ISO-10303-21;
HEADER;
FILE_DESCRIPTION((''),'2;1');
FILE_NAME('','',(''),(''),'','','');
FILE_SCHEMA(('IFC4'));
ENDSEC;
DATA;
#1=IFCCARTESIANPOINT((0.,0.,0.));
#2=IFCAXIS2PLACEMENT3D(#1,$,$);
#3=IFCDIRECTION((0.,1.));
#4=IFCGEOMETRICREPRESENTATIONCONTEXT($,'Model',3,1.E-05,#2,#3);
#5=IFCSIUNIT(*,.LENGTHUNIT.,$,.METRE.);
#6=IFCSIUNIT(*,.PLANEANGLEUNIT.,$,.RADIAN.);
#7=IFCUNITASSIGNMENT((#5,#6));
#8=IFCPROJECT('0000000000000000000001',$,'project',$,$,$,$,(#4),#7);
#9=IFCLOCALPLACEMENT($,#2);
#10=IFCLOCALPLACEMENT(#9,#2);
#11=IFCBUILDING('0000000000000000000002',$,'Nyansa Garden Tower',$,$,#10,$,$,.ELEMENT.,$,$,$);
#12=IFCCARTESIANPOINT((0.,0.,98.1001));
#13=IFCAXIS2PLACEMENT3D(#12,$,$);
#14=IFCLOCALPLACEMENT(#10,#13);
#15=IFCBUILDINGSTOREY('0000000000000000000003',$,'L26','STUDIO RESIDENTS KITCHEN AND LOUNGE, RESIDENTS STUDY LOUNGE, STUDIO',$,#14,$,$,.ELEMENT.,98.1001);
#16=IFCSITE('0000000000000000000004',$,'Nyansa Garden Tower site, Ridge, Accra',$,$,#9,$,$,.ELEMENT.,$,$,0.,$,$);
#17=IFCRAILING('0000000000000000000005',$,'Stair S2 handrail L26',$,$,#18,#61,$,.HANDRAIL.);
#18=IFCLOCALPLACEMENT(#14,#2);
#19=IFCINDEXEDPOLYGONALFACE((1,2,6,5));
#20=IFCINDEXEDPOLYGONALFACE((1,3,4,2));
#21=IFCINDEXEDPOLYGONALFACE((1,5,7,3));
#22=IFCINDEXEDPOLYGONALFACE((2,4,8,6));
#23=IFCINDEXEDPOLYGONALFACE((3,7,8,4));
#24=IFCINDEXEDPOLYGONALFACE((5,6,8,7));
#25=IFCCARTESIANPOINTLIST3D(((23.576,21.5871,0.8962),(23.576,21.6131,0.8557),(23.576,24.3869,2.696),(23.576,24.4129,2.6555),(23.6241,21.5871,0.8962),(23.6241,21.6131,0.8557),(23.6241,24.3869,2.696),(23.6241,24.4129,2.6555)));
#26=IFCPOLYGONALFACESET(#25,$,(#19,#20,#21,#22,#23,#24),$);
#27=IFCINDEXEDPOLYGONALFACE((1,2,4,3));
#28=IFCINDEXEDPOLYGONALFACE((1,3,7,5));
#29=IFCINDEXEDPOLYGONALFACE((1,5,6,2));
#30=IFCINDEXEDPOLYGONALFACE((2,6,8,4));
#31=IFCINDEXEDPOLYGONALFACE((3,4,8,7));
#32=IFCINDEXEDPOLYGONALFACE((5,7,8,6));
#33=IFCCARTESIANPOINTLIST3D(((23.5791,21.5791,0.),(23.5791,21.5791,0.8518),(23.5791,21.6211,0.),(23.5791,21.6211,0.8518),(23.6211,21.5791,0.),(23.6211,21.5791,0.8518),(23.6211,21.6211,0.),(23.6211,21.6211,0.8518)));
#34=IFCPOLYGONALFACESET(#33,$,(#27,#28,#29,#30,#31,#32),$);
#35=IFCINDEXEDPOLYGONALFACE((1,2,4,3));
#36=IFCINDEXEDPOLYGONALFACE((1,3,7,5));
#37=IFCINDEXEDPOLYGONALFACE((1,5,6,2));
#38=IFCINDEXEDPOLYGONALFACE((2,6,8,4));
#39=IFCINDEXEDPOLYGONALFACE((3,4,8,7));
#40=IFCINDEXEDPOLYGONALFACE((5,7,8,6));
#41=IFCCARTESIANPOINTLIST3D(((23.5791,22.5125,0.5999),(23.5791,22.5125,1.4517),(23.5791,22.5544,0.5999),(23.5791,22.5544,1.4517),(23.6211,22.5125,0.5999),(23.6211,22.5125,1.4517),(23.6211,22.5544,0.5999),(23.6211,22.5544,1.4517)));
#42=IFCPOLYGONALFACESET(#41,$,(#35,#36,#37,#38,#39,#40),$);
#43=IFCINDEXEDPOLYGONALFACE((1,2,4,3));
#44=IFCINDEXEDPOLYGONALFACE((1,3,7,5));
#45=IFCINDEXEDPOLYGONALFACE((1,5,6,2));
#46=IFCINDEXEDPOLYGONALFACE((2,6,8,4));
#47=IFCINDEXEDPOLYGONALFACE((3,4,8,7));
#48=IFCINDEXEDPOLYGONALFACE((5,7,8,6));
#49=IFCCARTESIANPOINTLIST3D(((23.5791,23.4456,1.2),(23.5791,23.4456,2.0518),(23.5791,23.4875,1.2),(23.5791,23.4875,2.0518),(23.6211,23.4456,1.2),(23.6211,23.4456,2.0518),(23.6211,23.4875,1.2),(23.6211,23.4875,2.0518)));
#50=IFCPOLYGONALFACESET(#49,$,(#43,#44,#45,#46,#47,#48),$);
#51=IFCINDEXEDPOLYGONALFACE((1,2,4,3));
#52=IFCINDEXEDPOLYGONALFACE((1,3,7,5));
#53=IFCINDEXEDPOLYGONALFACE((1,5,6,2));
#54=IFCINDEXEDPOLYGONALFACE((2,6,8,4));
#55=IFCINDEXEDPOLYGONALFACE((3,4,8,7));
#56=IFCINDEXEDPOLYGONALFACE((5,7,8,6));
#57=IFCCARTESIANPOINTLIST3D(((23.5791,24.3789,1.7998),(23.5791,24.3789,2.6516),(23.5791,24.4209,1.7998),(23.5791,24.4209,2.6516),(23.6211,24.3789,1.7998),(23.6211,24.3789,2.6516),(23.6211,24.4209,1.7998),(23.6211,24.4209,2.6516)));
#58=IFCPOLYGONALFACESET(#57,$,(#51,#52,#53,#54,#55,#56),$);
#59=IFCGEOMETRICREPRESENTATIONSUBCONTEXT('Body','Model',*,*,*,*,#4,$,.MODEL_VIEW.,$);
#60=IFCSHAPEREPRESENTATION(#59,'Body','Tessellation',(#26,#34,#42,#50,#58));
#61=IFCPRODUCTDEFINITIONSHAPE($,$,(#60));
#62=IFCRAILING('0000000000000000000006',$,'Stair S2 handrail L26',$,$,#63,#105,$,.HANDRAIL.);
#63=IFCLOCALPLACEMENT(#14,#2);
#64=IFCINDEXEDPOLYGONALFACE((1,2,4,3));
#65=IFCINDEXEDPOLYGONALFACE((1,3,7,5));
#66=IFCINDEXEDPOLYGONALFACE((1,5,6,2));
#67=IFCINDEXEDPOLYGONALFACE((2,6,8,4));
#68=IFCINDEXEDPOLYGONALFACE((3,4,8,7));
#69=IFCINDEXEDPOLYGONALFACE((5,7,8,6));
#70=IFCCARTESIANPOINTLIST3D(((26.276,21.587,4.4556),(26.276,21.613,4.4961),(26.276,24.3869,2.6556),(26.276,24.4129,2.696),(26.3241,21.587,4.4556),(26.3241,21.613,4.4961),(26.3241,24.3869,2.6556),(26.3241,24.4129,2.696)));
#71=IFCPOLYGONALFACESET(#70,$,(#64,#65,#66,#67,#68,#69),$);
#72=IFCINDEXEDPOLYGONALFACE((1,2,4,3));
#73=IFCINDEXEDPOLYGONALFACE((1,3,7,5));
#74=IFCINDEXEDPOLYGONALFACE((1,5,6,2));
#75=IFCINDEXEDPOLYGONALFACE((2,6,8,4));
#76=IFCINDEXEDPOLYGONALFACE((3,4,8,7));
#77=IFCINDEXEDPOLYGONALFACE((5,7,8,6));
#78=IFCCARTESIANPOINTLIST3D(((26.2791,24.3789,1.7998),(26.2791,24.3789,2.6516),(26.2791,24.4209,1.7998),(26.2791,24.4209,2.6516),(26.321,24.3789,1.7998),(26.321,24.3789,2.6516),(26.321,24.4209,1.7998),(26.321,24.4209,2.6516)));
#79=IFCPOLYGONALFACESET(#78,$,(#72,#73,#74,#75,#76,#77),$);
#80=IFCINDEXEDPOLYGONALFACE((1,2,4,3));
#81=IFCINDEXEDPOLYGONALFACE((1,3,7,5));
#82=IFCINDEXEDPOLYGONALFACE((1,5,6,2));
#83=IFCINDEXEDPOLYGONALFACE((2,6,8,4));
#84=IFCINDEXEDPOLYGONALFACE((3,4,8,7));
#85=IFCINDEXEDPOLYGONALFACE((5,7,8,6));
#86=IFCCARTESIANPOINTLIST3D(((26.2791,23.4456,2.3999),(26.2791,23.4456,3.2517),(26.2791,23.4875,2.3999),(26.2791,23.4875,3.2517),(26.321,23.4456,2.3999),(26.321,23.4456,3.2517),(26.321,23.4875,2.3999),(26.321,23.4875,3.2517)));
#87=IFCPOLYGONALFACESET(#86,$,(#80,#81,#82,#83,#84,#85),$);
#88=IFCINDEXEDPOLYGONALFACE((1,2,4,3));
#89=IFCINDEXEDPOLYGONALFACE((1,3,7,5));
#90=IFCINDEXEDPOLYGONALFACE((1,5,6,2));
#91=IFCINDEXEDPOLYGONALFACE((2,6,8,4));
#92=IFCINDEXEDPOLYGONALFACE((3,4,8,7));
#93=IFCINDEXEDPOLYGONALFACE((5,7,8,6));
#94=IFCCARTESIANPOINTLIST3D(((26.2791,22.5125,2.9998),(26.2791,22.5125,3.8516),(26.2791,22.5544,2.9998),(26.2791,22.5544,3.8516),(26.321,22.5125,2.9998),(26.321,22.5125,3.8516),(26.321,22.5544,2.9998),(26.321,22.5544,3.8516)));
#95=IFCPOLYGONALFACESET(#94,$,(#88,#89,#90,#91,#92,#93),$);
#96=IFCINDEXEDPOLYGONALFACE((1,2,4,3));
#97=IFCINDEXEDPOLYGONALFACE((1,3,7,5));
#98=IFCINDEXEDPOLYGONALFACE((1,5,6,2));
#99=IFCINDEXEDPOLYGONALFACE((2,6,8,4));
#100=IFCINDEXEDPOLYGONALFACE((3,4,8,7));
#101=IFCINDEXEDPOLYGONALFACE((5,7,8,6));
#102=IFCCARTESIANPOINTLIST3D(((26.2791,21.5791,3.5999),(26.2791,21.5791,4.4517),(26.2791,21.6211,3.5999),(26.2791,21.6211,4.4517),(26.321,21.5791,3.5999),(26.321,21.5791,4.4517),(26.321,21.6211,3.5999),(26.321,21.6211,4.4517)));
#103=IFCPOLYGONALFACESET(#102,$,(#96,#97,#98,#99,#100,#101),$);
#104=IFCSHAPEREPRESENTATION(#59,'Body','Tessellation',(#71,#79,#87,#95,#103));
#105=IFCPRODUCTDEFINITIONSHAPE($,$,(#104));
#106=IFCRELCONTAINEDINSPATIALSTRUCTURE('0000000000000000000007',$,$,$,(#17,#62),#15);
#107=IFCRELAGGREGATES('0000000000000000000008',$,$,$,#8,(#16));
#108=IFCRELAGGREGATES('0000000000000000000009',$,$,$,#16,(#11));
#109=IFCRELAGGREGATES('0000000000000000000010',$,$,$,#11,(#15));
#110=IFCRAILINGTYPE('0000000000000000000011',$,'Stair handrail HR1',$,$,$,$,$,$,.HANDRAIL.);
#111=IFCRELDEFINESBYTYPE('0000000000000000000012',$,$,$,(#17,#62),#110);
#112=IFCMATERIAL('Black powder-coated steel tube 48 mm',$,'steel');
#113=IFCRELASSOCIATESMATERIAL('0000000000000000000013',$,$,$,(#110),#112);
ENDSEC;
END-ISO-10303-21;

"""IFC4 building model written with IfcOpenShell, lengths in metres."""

from ifc_helpers import new_model, si_unit, direction, frame, origin, origin_2d, place, context, subcontext, project, spatial, rectangle, extrude, material, type_object, element, save


model = new_model("IFC4")

# Units and contexts
model_context = context("Model", 3, precision=1e-05, world=origin(), true_north=direction((0.0, 1.0)))
body_context = subcontext(model_context, "Body", "Model", "MODEL_VIEW")
ifc_project = project(units=[si_unit("LENGTHUNIT", "METRE"), si_unit("PLANEANGLEUNIT", "RADIAN")], contexts=[model_context])

# Site, building, storey
site_placement = place(None, origin())
site = spatial("IfcSite", under=ifc_project, at=site_placement, Name="Nyansa Garden Tower site, Ridge, Accra", CompositionType="ELEMENT", RefElevation=0.0)
building_placement = place(site_placement, origin())
building = spatial("IfcBuilding", under=site, at=building_placement, Name="Nyansa Garden Tower", CompositionType="ELEMENT")
storey_placement = place(building_placement, frame((0.0, 0.0, 98.1001)))
storey = spatial("IfcBuildingStorey", under=building, at=storey_placement, Name="L26", Description="STUDIO RESIDENTS KITCHEN AND LOUNGE, RESIDENTS STUDY LOUNGE, STUDIO", CompositionType="ELEMENT", Elevation=98.1001)

# Railings
ifc_material_1 = material(Name="Black powder-coated steel tube 48 mm", Category="steel")
railing_type = type_object("IfcRailingType", Name="Stair handrail HR1", PredefinedType="HANDRAIL", material=ifc_material_1)
railing_1_placement = place(storey_placement, frame((23.6001, 21.6001, 0.0)))
element("IfcRailing", 1, at=railing_1_placement, inside=storey, type_object=railing_type, Name="Stair S2 handrail L26", PredefinedType="HANDRAIL", context=body_context, shape_type="SweptSolid", body=[
    extrude(rectangle(XDim=0.0481, YDim=0.0481, at=origin_2d()), frame((0.0, 0.0, 0.876), z_axis=(0.0, 0.841188, 0.540743), x_axis=(-1.0, 0.0, 0.0)), (0.0, 0.0, 1.0), 3.3284),
    extrude(rectangle(XDim=0.042, YDim=0.042, at=origin_2d()), origin(), (0.0, 0.0, 1.0), 0.8518),
    extrude(rectangle(XDim=0.042, YDim=0.042, at=origin_2d()), frame((0.0, 0.9333, 0.5999)), (0.0, 0.0, 1.0), 0.8518),
    extrude(rectangle(XDim=0.042, YDim=0.042, at=origin_2d()), frame((0.0, 1.8665, 1.2)), (0.0, 0.0, 1.0), 0.8518),
    extrude(rectangle(XDim=0.042, YDim=0.042, at=origin_2d()), frame((0.0, 2.7998, 1.7998)), (0.0, 0.0, 1.0), 0.8518),
])
railing_2_placement = place(storey_placement, frame((26.3, 24.3999, 1.7998)))
element("IfcRailing", 2, at=railing_2_placement, inside=storey, type_object=railing_type, Name="Stair S2 handrail L26", PredefinedType="HANDRAIL", context=body_context, shape_type="SweptSolid", body=[
    extrude(rectangle(XDim=0.0481, YDim=0.0481, at=origin_2d()), frame((0.0, 0.0, 0.876), z_axis=(0.0, -0.841155, 0.540795), x_axis=(1.0, 0.0, 0.0)), (0.0, 0.0, 1.0), 3.3286),
    extrude(rectangle(XDim=0.042, YDim=0.042, at=origin_2d()), origin(), (0.0, 0.0, 1.0), 0.8518),
    extrude(rectangle(XDim=0.042, YDim=0.042, at=origin_2d()), frame((0.0, -0.9333, 0.6001)), (0.0, 0.0, 1.0), 0.8518),
    extrude(rectangle(XDim=0.042, YDim=0.042, at=origin_2d()), frame((0.0, -1.8665, 1.2)), (0.0, 0.0, 1.0), 0.8518),
    extrude(rectangle(XDim=0.042, YDim=0.042, at=origin_2d()), frame((0.0, -2.7998, 1.8)), (0.0, 0.0, 1.0), 0.8518),
])

save(model, "model.ifc")
